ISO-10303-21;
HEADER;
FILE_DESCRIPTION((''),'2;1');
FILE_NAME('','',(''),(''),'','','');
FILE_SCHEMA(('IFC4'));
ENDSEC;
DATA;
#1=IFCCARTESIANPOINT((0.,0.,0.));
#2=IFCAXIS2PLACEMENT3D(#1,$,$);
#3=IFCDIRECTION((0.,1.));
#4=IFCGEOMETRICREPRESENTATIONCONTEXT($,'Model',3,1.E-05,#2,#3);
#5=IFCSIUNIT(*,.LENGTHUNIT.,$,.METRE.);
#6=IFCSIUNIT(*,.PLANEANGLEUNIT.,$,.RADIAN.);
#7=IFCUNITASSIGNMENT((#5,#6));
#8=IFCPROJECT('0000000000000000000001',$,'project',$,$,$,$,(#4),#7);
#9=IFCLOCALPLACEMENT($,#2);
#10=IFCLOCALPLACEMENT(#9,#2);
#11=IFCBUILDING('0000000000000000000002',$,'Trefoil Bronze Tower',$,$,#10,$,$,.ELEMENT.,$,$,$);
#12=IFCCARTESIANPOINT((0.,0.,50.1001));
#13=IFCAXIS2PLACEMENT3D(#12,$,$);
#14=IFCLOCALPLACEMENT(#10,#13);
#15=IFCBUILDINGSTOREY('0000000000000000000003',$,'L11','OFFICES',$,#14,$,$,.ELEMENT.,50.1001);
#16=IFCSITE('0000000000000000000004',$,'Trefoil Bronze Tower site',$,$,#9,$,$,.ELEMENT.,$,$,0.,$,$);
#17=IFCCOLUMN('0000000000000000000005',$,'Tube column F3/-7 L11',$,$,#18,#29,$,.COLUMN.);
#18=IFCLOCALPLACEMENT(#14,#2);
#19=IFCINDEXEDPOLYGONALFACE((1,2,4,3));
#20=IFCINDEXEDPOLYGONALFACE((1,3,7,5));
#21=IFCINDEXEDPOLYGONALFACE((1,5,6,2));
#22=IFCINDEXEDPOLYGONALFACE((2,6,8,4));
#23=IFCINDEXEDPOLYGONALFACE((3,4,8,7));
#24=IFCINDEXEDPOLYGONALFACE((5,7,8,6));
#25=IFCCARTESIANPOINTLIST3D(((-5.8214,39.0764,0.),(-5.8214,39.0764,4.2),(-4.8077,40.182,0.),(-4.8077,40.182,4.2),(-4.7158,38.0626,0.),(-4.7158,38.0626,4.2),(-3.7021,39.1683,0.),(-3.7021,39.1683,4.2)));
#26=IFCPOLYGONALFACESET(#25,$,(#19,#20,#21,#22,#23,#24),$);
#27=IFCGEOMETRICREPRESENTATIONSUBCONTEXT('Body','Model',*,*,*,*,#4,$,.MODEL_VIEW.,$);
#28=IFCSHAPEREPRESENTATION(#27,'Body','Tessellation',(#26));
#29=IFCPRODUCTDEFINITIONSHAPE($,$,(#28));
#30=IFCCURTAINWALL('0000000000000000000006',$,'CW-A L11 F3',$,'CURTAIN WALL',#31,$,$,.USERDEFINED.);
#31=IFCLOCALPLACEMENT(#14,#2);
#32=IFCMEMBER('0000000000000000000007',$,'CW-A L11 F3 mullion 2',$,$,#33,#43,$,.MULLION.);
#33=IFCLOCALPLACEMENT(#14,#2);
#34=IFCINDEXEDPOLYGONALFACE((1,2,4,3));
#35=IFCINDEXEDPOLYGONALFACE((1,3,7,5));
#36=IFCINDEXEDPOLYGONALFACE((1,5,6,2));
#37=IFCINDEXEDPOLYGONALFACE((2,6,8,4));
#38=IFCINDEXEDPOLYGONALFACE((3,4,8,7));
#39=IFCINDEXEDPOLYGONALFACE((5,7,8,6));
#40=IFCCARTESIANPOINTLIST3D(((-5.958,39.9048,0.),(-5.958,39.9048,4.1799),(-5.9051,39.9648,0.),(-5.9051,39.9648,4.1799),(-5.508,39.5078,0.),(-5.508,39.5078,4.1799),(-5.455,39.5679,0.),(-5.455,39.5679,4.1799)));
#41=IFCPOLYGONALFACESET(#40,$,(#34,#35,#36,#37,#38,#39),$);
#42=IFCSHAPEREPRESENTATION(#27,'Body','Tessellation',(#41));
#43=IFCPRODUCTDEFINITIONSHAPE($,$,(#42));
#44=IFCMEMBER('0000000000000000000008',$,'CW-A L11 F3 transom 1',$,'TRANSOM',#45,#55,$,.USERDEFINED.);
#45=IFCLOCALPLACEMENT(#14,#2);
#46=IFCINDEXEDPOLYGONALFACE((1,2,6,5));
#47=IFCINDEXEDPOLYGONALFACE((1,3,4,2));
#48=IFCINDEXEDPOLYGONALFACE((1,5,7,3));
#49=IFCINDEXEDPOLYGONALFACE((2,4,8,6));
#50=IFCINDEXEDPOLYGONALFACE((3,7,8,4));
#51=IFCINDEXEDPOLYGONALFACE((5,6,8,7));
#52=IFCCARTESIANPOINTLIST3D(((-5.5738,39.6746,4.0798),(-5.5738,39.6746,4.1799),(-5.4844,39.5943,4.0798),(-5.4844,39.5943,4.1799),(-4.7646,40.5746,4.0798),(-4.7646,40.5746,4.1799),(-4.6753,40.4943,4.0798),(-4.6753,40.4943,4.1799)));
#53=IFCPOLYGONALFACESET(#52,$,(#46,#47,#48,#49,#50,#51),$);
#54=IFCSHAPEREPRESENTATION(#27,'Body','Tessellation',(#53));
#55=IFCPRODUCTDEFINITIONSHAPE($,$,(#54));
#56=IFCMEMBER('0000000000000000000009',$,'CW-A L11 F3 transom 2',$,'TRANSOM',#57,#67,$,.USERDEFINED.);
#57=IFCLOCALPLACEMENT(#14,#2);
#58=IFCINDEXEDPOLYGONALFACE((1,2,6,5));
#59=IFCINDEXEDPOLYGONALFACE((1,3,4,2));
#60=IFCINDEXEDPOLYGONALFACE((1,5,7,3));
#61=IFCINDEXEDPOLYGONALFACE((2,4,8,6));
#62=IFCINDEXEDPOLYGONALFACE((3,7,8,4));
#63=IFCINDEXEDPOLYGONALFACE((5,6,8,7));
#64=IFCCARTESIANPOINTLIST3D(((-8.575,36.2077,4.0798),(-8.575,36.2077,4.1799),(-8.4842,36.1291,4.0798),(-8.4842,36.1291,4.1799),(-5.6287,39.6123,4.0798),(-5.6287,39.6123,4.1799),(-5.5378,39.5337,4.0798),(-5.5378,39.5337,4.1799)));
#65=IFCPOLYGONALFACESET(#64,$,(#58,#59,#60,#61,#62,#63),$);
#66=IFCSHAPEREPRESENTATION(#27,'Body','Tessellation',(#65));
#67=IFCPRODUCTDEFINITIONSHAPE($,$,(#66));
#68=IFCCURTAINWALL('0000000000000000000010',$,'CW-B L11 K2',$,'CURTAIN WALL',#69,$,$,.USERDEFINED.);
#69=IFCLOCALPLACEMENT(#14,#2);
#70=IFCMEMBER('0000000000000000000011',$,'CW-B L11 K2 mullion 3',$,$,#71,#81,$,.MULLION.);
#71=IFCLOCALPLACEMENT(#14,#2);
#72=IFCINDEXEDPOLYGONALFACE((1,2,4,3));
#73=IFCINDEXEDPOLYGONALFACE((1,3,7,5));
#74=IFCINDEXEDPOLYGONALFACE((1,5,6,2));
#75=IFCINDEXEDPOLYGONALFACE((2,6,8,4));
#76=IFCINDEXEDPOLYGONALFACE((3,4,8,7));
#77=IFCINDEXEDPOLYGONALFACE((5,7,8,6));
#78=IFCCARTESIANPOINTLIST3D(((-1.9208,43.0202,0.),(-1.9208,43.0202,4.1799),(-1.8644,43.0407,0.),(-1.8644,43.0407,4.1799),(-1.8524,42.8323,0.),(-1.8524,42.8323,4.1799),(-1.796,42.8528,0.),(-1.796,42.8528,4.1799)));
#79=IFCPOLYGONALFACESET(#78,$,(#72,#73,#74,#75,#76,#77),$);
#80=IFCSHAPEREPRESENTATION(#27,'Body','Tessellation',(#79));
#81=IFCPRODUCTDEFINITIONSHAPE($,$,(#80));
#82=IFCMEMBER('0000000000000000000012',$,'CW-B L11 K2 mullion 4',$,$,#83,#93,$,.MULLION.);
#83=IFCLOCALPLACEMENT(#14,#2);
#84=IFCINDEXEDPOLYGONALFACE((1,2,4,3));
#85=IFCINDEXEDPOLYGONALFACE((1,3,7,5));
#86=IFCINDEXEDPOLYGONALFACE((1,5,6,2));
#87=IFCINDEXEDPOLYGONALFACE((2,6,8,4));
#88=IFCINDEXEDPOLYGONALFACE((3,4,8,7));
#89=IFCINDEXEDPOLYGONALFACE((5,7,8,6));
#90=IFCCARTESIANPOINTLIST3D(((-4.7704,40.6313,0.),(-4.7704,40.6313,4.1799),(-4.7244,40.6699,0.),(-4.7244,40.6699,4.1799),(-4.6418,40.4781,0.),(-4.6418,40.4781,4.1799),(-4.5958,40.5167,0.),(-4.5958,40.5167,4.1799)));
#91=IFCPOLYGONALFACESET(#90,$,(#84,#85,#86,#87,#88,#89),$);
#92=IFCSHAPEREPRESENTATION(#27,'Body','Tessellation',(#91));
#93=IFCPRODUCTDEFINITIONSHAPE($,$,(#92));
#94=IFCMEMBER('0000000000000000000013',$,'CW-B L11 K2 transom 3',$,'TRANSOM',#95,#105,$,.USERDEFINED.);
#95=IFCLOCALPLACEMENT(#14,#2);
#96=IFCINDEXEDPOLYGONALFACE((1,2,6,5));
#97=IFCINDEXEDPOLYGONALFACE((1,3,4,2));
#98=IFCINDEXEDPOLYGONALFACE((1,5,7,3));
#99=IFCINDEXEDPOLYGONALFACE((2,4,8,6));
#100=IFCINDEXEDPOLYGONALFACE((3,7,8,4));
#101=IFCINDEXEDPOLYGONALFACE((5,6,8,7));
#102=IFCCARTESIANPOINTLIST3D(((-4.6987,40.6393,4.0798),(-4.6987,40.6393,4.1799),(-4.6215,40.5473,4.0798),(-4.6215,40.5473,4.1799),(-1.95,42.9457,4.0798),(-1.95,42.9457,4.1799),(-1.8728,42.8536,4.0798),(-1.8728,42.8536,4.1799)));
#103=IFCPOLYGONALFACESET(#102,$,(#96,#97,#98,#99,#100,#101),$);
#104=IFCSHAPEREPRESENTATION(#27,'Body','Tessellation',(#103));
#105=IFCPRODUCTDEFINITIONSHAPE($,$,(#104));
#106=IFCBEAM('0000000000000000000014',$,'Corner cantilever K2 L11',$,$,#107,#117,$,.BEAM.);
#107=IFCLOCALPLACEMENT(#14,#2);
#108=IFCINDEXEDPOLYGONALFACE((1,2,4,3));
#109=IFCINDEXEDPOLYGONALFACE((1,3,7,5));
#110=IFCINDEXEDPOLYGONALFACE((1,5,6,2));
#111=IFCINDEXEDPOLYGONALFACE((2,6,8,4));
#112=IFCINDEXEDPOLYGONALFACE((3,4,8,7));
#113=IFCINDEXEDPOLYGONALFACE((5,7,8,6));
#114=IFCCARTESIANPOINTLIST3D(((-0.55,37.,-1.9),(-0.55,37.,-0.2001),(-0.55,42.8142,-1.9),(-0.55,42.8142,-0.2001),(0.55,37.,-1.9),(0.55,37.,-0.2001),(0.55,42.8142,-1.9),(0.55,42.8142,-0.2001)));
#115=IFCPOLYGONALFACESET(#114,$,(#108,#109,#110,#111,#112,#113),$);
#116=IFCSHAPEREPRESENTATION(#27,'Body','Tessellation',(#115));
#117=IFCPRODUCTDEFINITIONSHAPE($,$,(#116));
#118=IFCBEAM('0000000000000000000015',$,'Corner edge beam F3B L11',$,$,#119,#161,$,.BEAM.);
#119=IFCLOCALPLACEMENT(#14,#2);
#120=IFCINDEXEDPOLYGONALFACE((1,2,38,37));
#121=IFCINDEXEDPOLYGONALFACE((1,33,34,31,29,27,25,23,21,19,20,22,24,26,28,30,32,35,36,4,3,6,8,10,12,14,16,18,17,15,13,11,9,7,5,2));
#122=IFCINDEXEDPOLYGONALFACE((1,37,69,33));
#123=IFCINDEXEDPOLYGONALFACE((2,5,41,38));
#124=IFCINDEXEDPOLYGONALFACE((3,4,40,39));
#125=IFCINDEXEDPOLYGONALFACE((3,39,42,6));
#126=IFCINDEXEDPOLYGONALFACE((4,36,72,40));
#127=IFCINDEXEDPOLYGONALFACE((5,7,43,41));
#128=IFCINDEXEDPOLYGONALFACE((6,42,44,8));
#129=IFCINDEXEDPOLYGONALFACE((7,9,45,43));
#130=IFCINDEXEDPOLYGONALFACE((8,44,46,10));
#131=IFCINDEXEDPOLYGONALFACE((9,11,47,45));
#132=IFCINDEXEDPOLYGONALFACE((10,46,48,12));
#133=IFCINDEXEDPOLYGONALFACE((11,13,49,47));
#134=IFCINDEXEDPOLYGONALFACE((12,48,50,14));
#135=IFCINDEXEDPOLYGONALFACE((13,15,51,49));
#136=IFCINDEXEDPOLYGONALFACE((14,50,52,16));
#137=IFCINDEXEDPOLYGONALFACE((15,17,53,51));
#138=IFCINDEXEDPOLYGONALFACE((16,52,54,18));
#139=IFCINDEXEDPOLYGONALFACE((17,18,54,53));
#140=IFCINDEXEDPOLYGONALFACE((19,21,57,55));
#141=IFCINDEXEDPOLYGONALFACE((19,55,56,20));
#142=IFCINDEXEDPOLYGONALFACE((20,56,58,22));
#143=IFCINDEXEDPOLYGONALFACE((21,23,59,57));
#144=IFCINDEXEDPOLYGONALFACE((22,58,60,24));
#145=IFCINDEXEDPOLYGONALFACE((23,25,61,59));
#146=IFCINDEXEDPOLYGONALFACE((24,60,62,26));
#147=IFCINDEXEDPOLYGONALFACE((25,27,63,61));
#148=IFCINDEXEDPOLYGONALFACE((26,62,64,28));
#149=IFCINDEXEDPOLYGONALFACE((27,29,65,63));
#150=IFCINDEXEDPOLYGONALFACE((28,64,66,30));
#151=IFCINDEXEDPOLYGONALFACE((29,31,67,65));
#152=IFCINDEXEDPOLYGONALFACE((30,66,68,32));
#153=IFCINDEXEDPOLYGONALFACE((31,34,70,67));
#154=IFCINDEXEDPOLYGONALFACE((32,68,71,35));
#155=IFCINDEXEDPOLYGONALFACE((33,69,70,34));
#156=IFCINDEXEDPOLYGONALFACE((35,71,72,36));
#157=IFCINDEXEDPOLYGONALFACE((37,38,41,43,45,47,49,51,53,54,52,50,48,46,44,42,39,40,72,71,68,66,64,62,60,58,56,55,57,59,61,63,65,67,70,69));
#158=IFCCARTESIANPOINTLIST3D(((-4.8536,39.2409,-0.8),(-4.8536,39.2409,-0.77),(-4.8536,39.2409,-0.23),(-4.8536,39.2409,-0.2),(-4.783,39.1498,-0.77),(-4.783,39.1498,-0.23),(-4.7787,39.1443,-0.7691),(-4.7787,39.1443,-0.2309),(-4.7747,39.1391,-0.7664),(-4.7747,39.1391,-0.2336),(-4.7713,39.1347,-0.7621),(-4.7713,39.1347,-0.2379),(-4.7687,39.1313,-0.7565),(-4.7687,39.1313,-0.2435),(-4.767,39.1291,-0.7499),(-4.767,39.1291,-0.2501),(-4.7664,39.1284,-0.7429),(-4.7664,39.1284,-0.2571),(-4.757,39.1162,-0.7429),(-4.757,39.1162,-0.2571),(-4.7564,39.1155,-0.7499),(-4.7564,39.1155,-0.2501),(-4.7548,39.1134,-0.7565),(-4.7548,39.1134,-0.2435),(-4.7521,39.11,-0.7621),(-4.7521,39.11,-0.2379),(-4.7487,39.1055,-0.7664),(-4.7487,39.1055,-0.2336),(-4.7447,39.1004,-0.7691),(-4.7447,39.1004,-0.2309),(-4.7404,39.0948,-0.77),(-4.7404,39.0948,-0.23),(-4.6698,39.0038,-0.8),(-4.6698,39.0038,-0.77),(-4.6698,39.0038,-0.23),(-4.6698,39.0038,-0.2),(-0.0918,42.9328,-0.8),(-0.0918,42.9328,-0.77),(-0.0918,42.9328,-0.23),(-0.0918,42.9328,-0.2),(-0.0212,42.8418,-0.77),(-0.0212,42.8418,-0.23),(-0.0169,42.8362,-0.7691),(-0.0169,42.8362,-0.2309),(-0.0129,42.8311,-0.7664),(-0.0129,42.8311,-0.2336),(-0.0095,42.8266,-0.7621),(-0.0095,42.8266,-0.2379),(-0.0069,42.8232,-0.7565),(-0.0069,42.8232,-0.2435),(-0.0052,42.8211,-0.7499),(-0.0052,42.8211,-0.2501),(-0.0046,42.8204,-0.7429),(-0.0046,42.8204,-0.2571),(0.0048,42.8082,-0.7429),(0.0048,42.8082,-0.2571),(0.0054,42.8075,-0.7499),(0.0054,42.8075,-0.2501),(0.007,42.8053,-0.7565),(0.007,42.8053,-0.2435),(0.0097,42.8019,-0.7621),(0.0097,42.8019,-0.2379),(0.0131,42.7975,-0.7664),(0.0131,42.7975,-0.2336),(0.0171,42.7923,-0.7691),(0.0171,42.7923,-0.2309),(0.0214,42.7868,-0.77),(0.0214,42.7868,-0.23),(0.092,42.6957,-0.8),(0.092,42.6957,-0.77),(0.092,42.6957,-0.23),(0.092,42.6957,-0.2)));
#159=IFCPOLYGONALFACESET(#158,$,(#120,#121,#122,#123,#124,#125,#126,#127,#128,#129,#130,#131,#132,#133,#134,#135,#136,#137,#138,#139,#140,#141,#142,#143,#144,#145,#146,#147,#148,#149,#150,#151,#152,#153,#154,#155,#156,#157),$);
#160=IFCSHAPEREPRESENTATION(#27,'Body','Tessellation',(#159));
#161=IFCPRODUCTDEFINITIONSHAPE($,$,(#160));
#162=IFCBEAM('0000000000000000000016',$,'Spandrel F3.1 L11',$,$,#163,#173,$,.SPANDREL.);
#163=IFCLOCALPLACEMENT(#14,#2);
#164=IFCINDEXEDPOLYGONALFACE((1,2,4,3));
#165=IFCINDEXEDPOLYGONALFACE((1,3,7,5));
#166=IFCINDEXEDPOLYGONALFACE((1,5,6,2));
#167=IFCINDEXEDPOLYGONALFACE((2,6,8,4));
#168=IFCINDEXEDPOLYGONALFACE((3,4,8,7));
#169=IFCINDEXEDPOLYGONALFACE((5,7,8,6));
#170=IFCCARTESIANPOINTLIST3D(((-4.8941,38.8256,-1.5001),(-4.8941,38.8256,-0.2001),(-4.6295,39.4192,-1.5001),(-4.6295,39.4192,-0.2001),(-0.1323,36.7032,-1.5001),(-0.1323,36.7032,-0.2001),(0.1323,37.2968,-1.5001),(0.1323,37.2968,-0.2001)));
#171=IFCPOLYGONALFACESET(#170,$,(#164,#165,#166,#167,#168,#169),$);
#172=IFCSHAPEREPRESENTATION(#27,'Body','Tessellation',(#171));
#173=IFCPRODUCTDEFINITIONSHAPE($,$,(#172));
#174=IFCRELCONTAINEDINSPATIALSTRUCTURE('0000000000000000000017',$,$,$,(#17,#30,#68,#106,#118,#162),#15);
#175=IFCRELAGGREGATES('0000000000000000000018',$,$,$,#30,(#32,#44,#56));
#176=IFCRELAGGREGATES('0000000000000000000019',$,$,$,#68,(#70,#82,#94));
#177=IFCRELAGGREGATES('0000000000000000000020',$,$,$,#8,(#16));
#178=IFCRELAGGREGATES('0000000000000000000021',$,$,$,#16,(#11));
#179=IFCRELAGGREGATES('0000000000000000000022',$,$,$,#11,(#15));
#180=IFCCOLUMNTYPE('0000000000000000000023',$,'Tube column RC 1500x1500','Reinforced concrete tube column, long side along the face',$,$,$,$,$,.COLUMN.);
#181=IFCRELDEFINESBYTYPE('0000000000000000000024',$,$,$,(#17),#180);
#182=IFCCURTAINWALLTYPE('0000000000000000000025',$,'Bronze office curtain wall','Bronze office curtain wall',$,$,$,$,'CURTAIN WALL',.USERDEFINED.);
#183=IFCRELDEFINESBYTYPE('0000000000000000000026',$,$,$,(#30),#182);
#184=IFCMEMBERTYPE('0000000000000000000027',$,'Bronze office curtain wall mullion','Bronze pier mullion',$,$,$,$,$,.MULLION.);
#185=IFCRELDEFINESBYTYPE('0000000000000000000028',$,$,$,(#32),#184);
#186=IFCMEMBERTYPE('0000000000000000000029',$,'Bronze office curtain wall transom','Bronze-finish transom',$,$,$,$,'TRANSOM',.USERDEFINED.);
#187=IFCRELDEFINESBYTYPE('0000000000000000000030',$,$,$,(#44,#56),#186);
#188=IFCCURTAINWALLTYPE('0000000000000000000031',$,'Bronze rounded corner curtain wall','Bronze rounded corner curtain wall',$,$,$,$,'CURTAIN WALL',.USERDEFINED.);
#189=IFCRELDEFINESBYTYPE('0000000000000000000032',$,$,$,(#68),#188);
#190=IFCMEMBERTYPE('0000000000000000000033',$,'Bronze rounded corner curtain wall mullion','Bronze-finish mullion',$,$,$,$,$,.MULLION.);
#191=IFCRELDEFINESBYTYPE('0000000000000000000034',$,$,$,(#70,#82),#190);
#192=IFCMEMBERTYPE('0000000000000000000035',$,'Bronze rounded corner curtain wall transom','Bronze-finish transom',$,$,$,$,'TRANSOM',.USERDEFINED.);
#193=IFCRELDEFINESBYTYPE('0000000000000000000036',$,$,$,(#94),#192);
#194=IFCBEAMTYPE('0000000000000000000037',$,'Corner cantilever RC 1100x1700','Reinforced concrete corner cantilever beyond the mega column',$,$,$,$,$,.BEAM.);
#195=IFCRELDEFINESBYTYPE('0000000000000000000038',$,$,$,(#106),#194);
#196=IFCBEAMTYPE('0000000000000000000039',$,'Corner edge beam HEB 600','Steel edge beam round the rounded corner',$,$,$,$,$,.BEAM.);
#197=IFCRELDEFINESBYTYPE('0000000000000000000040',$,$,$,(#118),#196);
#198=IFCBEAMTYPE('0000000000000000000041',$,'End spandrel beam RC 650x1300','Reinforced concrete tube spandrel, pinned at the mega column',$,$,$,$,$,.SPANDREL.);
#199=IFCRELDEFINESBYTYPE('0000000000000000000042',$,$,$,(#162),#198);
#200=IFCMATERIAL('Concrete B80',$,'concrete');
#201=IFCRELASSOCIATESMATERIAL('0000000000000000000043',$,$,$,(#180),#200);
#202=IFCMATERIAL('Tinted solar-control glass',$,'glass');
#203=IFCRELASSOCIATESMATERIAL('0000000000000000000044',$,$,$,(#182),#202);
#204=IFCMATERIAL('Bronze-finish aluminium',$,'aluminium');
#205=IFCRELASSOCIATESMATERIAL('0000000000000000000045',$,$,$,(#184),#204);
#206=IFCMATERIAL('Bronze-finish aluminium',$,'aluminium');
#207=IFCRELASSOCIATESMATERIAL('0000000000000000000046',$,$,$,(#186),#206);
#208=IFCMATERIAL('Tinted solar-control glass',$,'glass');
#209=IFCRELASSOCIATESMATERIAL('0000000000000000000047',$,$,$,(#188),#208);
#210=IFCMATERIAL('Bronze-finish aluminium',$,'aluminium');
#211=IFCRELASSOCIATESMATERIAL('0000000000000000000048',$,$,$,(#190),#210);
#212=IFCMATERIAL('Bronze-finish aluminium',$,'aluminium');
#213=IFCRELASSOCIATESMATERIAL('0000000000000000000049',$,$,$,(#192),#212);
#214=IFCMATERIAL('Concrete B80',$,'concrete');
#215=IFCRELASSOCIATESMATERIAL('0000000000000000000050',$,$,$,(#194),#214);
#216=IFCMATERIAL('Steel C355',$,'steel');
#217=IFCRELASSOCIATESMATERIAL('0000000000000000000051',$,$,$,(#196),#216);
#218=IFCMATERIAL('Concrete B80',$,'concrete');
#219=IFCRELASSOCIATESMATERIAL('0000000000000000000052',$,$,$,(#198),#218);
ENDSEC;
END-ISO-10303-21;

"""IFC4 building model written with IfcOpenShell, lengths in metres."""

from ifc_helpers import new_model, si_unit, direction, frame, origin, origin_2d, place, context, subcontext, project, spatial, rectangle, i_section, extrude, material, material_profile, profile_set, type_object, element, aggregate, save


model = new_model("IFC4")

# Units and contexts
model_context = context("Model", 3, precision=1e-05, world=origin(), true_north=direction((0.0, 1.0)))
body_context = subcontext(model_context, "Body", "Model", "MODEL_VIEW")
ifc_project = project(units=[si_unit("LENGTHUNIT", "METRE"), si_unit("PLANEANGLEUNIT", "RADIAN")], contexts=[model_context])

# Site, building, storey
site_placement = place(None, origin())
site = spatial("IfcSite", under=ifc_project, at=site_placement, Name="Trefoil Bronze Tower site", CompositionType="ELEMENT", RefElevation=0.0)
building_placement = place(site_placement, origin())
building = spatial("IfcBuilding", under=site, at=building_placement, Name="Trefoil Bronze Tower", CompositionType="ELEMENT")
storey_placement = place(building_placement, frame((0.0, 0.0, 50.1001)))
storey = spatial("IfcBuildingStorey", under=building, at=storey_placement, Name="L11", Description="OFFICES", CompositionType="ELEMENT", Elevation=50.1001)

# Column
ifc_material_1 = material(Name="Concrete B80", Category="concrete")
ifc_material_profile_1 = material_profile(ifc_material_1, rectangle(XDim=1.5, YDim=1.5, at=origin_2d()), Name="RC 1500x1500")
ifc_profile_set_1 = profile_set([ifc_material_profile_1], Name="Concrete B80")
column_type = type_object("IfcColumnType", Name="Tube column RC 1500x1500", Description="Reinforced concrete tube column, long side along the face", PredefinedType="COLUMN", material=ifc_profile_set_1)
column_placement = place(storey_placement, frame((-4.7617, 39.1223, 0.0), z_axis=(0.0, 0.0, 1.0), x_axis=(-0.675816, -0.73707, 0.0)))
element("IfcColumn", 1, at=column_placement, inside=storey, type_object=column_type, Name="Tube column F3/-7 L11", PredefinedType="COLUMN", context=body_context, shape_type="SweptSolid", body=[
    extrude(rectangle(XDim=1.5, YDim=1.5, at=origin_2d()), origin(), (0.0, 0.0, 1.0), 4.2),
])

# Curtain walls, members
ifc_material_2 = material(Name="Tinted solar-control glass", Category="glass")
curtain_wall_type_1 = type_object("IfcCurtainWallType", Name="Bronze office curtain wall", Description="Bronze office curtain wall", ElementType="CURTAIN WALL", PredefinedType="USERDEFINED", material=ifc_material_2)
curtain_wall_1_placement = place(storey_placement, origin())
curtain_wall_1 = element("IfcCurtainWall", 2, at=curtain_wall_1_placement, inside=storey, type_object=curtain_wall_type_1, Name="CW-A L11 F3", ObjectType="CURTAIN WALL", PredefinedType="USERDEFINED")
ifc_material_3 = material(Name="Bronze-finish aluminium", Category="aluminium")
ifc_material_profile_2 = material_profile(ifc_material_3, rectangle(XDim=0.6001, YDim=0.0801, at=origin_2d()), Name="CW-A mullion")
ifc_profile_set_2 = profile_set([ifc_material_profile_2], Name="Bronze-finish aluminium")
member_type_1 = type_object("IfcMemberType", Name="Bronze office curtain wall mullion", Description="Bronze pier mullion", PredefinedType="MULLION", material=ifc_profile_set_2)
member_1_placement = place(storey_placement, frame((-5.7065, 39.7363, 0.0), z_axis=(0.0, 0.0, 1.0), x_axis=(0.749941, -0.661505, 0.0)))
member_1 = element("IfcMember", 3, at=member_1_placement, type_object=member_type_1, Name="CW-A L11 F3 mullion 2", PredefinedType="MULLION", context=body_context, shape_type="SweptSolid", body=[
    extrude(rectangle(XDim=0.6001, YDim=0.0801, at=origin_2d()), origin(), (0.0, 0.0, 1.0), 4.1799),
])
ifc_material_4 = material(Name="Bronze-finish aluminium", Category="aluminium")
ifc_material_profile_3 = material_profile(ifc_material_4, rectangle(XDim=0.1201, YDim=0.1001, at=origin_2d()), Name="CW-A transom")
ifc_profile_set_3 = profile_set([ifc_material_profile_3], Name="Bronze-finish aluminium")
member_type_2 = type_object("IfcMemberType", Name="Bronze office curtain wall transom", Description="Bronze-finish transom", ElementType="TRANSOM", PredefinedType="USERDEFINED", material=ifc_profile_set_3)
member_2_placement = place(storey_placement, frame((-4.72, 40.5344, 4.1299), z_axis=(-0.668586, -0.743635, 0.0), x_axis=(0.743635, -0.668586, 0.0)))
member_2 = element("IfcMember", 4, at=member_2_placement, type_object=member_type_2, Name="CW-A L11 F3 transom 1", ObjectType="TRANSOM", PredefinedType="USERDEFINED", context=body_context, shape_type="SweptSolid", body=[
    extrude(rectangle(XDim=0.1201, YDim=0.1001, at=origin_2d()), origin(), (0.0, 0.0, 1.0), 1.2102),
])
member_3_placement = place(storey_placement, frame((-5.5833, 39.573, 4.1299), z_axis=(-0.654383, -0.756163, 0.0), x_axis=(0.756163, -0.654383, 0.0)))
member_3 = element("IfcMember", 5, at=member_3_placement, type_object=member_type_2, Name="CW-A L11 F3 transom 2", ObjectType="TRANSOM", PredefinedType="USERDEFINED", context=body_context, shape_type="SweptSolid", body=[
    extrude(rectangle(XDim=0.1201, YDim=0.1001, at=origin_2d()), origin(), (0.0, 0.0, 1.0), 4.5024),
])
ifc_material_5 = material(Name="Tinted solar-control glass", Category="glass")
curtain_wall_type_2 = type_object("IfcCurtainWallType", Name="Bronze rounded corner curtain wall", Description="Bronze rounded corner curtain wall", ElementType="CURTAIN WALL", PredefinedType="USERDEFINED", material=ifc_material_5)
curtain_wall_2_placement = place(storey_placement, origin())
curtain_wall_2 = element("IfcCurtainWall", 6, at=curtain_wall_2_placement, inside=storey, type_object=curtain_wall_type_2, Name="CW-B L11 K2", ObjectType="CURTAIN WALL", PredefinedType="USERDEFINED")
ifc_material_6 = material(Name="Bronze-finish aluminium", Category="aluminium")
ifc_material_profile_4 = material_profile(ifc_material_6, rectangle(XDim=0.2, YDim=0.0601, at=origin_2d()), Name="CW-B mullion")
ifc_profile_set_4 = profile_set([ifc_material_profile_4], Name="Bronze-finish aluminium")
member_type_3 = type_object("IfcMemberType", Name="Bronze rounded corner curtain wall mullion", Description="Bronze-finish mullion", PredefinedType="MULLION", material=ifc_profile_set_4)
member_4_placement = place(storey_placement, frame((-1.8584, 42.9365, 0.0), z_axis=(0.0, 0.0, 1.0), x_axis=(0.34202, -0.939693, 0.0)))
member_4 = element("IfcMember", 7, at=member_4_placement, type_object=member_type_3, Name="CW-B L11 K2 mullion 3", PredefinedType="MULLION", context=body_context, shape_type="SweptSolid", body=[
    extrude(rectangle(XDim=0.2, YDim=0.0601, at=origin_2d()), origin(), (0.0, 0.0, 1.0), 4.1799),
])
member_5_placement = place(storey_placement, frame((-4.6831, 40.574, 0.0), z_axis=(0.0, 0.0, 1.0), x_axis=(0.642788, -0.766044, 0.0)))
member_5 = element("IfcMember", 8, at=member_5_placement, type_object=member_type_3, Name="CW-B L11 K2 mullion 4", PredefinedType="MULLION", context=body_context, shape_type="SweptSolid", body=[
    extrude(rectangle(XDim=0.2, YDim=0.0601, at=origin_2d()), origin(), (0.0, 0.0, 1.0), 4.1799),
])
ifc_material_7 = material(Name="Bronze-finish aluminium", Category="aluminium")
ifc_material_profile_5 = material_profile(ifc_material_7, rectangle(XDim=0.1201, YDim=0.1001, at=origin_2d()), Name="CW-B transom")
ifc_profile_set_5 = profile_set([ifc_material_profile_5], Name="Bronze-finish aluminium")
member_type_4 = type_object("IfcMemberType", Name="Bronze rounded corner curtain wall transom", Description="Bronze-finish transom", ElementType="TRANSOM", PredefinedType="USERDEFINED", material=ifc_profile_set_5)
member_6_placement = place(storey_placement, frame((-1.9114, 42.8997, 4.1299), z_axis=(-0.766059, -0.642771, 0.0), x_axis=(0.642771, -0.766059, 0.0)))
member_6 = element("IfcMember", 9, at=member_6_placement, type_object=member_type_4, Name="CW-B L11 K2 transom 3", ObjectType="TRANSOM", PredefinedType="USERDEFINED", context=body_context, shape_type="SweptSolid", body=[
    extrude(rectangle(XDim=0.1201, YDim=0.1001, at=origin_2d()), origin(), (0.0, 0.0, 1.0), 3.5881),
])

# Beams
ifc_material_8 = material(Name="Concrete B80", Category="concrete")
ifc_material_profile_6 = material_profile(ifc_material_8, rectangle(XDim=1.1001, YDim=1.7, at=origin_2d()), Name="RC 1100x1700")
ifc_profile_set_6 = profile_set([ifc_material_profile_6], Name="Concrete B80")
beam_type_1 = type_object("IfcBeamType", Name="Corner cantilever RC 1100x1700", Description="Reinforced concrete corner cantilever beyond the mega column", PredefinedType="BEAM", material=ifc_profile_set_6)
beam_1_placement = place(storey_placement, frame((0.0, 37.0, -1.05), z_axis=(0.0, 1.0, 0.0), x_axis=(-1.0, 0.0, 0.0)))
element("IfcBeam", 10, at=beam_1_placement, inside=storey, type_object=beam_type_1, Name="Corner cantilever K2 L11", PredefinedType="BEAM", context=body_context, shape_type="SweptSolid", body=[
    extrude(rectangle(XDim=1.1001, YDim=1.7, at=origin_2d()), origin(), (0.0, 0.0, 1.0), 5.8142),
])
ifc_material_9 = material(Name="Steel C355", Category="steel")
ifc_material_profile_7 = material_profile(ifc_material_9, i_section(OverallWidth=0.3, OverallDepth=0.6001, WebThickness=0.0154, FlangeThickness=0.03, FilletRadius=0.0271, at=origin_2d()), Name="HEB 600")
ifc_profile_set_7 = profile_set([ifc_material_profile_7], Name="Steel C355")
beam_type_2 = type_object("IfcBeamType", Name="Corner edge beam HEB 600", Description="Steel edge beam round the rounded corner", PredefinedType="BEAM", material=ifc_profile_set_7)
beam_2_placement = place(storey_placement, frame((-4.7617, 39.1223, -0.5), z_axis=(0.790289, 0.612734, 0.0), x_axis=(-0.612734, 0.790289, 0.0)))
element("IfcBeam", 11, at=beam_2_placement, inside=storey, type_object=beam_type_2, Name="Corner edge beam F3B L11", PredefinedType="BEAM", context=body_context, shape_type="SweptSolid", body=[
    extrude(i_section(OverallWidth=0.3, OverallDepth=0.6001, WebThickness=0.0154, FlangeThickness=0.03, FilletRadius=0.0271, at=origin_2d()), origin(), (0.0, 0.0, 1.0), 6.0254),
])
ifc_material_10 = material(Name="Concrete B80", Category="concrete")
ifc_material_profile_8 = material_profile(ifc_material_10, rectangle(XDim=0.6499, YDim=1.3, at=origin_2d()), Name="RC 650x1300")
ifc_profile_set_8 = profile_set([ifc_material_profile_8], Name="Concrete B80")
beam_type_3 = type_object("IfcBeamType", Name="End spandrel beam RC 650x1300", Description="Reinforced concrete tube spandrel, pinned at the mega column", PredefinedType="SPANDREL", material=ifc_profile_set_8)
beam_3_placement = place(storey_placement, frame((0.0, 37.0, -0.8501), z_axis=(-0.913384, 0.407099, 0.0), x_axis=(-0.407099, -0.913384, 0.0)))
element("IfcBeam", 12, at=beam_3_placement, inside=storey, type_object=beam_type_3, Name="Spandrel F3.1 L11", PredefinedType="SPANDREL", context=body_context, shape_type="SweptSolid", body=[
    extrude(rectangle(XDim=0.6499, YDim=1.3, at=origin_2d()), origin(), (0.0, 0.0, 1.0), 5.2134),
])

aggregate(curtain_wall_1, [member_1, member_2, member_3])
aggregate(curtain_wall_2, [member_4, member_5, member_6])

save(model, "model.ifc")
